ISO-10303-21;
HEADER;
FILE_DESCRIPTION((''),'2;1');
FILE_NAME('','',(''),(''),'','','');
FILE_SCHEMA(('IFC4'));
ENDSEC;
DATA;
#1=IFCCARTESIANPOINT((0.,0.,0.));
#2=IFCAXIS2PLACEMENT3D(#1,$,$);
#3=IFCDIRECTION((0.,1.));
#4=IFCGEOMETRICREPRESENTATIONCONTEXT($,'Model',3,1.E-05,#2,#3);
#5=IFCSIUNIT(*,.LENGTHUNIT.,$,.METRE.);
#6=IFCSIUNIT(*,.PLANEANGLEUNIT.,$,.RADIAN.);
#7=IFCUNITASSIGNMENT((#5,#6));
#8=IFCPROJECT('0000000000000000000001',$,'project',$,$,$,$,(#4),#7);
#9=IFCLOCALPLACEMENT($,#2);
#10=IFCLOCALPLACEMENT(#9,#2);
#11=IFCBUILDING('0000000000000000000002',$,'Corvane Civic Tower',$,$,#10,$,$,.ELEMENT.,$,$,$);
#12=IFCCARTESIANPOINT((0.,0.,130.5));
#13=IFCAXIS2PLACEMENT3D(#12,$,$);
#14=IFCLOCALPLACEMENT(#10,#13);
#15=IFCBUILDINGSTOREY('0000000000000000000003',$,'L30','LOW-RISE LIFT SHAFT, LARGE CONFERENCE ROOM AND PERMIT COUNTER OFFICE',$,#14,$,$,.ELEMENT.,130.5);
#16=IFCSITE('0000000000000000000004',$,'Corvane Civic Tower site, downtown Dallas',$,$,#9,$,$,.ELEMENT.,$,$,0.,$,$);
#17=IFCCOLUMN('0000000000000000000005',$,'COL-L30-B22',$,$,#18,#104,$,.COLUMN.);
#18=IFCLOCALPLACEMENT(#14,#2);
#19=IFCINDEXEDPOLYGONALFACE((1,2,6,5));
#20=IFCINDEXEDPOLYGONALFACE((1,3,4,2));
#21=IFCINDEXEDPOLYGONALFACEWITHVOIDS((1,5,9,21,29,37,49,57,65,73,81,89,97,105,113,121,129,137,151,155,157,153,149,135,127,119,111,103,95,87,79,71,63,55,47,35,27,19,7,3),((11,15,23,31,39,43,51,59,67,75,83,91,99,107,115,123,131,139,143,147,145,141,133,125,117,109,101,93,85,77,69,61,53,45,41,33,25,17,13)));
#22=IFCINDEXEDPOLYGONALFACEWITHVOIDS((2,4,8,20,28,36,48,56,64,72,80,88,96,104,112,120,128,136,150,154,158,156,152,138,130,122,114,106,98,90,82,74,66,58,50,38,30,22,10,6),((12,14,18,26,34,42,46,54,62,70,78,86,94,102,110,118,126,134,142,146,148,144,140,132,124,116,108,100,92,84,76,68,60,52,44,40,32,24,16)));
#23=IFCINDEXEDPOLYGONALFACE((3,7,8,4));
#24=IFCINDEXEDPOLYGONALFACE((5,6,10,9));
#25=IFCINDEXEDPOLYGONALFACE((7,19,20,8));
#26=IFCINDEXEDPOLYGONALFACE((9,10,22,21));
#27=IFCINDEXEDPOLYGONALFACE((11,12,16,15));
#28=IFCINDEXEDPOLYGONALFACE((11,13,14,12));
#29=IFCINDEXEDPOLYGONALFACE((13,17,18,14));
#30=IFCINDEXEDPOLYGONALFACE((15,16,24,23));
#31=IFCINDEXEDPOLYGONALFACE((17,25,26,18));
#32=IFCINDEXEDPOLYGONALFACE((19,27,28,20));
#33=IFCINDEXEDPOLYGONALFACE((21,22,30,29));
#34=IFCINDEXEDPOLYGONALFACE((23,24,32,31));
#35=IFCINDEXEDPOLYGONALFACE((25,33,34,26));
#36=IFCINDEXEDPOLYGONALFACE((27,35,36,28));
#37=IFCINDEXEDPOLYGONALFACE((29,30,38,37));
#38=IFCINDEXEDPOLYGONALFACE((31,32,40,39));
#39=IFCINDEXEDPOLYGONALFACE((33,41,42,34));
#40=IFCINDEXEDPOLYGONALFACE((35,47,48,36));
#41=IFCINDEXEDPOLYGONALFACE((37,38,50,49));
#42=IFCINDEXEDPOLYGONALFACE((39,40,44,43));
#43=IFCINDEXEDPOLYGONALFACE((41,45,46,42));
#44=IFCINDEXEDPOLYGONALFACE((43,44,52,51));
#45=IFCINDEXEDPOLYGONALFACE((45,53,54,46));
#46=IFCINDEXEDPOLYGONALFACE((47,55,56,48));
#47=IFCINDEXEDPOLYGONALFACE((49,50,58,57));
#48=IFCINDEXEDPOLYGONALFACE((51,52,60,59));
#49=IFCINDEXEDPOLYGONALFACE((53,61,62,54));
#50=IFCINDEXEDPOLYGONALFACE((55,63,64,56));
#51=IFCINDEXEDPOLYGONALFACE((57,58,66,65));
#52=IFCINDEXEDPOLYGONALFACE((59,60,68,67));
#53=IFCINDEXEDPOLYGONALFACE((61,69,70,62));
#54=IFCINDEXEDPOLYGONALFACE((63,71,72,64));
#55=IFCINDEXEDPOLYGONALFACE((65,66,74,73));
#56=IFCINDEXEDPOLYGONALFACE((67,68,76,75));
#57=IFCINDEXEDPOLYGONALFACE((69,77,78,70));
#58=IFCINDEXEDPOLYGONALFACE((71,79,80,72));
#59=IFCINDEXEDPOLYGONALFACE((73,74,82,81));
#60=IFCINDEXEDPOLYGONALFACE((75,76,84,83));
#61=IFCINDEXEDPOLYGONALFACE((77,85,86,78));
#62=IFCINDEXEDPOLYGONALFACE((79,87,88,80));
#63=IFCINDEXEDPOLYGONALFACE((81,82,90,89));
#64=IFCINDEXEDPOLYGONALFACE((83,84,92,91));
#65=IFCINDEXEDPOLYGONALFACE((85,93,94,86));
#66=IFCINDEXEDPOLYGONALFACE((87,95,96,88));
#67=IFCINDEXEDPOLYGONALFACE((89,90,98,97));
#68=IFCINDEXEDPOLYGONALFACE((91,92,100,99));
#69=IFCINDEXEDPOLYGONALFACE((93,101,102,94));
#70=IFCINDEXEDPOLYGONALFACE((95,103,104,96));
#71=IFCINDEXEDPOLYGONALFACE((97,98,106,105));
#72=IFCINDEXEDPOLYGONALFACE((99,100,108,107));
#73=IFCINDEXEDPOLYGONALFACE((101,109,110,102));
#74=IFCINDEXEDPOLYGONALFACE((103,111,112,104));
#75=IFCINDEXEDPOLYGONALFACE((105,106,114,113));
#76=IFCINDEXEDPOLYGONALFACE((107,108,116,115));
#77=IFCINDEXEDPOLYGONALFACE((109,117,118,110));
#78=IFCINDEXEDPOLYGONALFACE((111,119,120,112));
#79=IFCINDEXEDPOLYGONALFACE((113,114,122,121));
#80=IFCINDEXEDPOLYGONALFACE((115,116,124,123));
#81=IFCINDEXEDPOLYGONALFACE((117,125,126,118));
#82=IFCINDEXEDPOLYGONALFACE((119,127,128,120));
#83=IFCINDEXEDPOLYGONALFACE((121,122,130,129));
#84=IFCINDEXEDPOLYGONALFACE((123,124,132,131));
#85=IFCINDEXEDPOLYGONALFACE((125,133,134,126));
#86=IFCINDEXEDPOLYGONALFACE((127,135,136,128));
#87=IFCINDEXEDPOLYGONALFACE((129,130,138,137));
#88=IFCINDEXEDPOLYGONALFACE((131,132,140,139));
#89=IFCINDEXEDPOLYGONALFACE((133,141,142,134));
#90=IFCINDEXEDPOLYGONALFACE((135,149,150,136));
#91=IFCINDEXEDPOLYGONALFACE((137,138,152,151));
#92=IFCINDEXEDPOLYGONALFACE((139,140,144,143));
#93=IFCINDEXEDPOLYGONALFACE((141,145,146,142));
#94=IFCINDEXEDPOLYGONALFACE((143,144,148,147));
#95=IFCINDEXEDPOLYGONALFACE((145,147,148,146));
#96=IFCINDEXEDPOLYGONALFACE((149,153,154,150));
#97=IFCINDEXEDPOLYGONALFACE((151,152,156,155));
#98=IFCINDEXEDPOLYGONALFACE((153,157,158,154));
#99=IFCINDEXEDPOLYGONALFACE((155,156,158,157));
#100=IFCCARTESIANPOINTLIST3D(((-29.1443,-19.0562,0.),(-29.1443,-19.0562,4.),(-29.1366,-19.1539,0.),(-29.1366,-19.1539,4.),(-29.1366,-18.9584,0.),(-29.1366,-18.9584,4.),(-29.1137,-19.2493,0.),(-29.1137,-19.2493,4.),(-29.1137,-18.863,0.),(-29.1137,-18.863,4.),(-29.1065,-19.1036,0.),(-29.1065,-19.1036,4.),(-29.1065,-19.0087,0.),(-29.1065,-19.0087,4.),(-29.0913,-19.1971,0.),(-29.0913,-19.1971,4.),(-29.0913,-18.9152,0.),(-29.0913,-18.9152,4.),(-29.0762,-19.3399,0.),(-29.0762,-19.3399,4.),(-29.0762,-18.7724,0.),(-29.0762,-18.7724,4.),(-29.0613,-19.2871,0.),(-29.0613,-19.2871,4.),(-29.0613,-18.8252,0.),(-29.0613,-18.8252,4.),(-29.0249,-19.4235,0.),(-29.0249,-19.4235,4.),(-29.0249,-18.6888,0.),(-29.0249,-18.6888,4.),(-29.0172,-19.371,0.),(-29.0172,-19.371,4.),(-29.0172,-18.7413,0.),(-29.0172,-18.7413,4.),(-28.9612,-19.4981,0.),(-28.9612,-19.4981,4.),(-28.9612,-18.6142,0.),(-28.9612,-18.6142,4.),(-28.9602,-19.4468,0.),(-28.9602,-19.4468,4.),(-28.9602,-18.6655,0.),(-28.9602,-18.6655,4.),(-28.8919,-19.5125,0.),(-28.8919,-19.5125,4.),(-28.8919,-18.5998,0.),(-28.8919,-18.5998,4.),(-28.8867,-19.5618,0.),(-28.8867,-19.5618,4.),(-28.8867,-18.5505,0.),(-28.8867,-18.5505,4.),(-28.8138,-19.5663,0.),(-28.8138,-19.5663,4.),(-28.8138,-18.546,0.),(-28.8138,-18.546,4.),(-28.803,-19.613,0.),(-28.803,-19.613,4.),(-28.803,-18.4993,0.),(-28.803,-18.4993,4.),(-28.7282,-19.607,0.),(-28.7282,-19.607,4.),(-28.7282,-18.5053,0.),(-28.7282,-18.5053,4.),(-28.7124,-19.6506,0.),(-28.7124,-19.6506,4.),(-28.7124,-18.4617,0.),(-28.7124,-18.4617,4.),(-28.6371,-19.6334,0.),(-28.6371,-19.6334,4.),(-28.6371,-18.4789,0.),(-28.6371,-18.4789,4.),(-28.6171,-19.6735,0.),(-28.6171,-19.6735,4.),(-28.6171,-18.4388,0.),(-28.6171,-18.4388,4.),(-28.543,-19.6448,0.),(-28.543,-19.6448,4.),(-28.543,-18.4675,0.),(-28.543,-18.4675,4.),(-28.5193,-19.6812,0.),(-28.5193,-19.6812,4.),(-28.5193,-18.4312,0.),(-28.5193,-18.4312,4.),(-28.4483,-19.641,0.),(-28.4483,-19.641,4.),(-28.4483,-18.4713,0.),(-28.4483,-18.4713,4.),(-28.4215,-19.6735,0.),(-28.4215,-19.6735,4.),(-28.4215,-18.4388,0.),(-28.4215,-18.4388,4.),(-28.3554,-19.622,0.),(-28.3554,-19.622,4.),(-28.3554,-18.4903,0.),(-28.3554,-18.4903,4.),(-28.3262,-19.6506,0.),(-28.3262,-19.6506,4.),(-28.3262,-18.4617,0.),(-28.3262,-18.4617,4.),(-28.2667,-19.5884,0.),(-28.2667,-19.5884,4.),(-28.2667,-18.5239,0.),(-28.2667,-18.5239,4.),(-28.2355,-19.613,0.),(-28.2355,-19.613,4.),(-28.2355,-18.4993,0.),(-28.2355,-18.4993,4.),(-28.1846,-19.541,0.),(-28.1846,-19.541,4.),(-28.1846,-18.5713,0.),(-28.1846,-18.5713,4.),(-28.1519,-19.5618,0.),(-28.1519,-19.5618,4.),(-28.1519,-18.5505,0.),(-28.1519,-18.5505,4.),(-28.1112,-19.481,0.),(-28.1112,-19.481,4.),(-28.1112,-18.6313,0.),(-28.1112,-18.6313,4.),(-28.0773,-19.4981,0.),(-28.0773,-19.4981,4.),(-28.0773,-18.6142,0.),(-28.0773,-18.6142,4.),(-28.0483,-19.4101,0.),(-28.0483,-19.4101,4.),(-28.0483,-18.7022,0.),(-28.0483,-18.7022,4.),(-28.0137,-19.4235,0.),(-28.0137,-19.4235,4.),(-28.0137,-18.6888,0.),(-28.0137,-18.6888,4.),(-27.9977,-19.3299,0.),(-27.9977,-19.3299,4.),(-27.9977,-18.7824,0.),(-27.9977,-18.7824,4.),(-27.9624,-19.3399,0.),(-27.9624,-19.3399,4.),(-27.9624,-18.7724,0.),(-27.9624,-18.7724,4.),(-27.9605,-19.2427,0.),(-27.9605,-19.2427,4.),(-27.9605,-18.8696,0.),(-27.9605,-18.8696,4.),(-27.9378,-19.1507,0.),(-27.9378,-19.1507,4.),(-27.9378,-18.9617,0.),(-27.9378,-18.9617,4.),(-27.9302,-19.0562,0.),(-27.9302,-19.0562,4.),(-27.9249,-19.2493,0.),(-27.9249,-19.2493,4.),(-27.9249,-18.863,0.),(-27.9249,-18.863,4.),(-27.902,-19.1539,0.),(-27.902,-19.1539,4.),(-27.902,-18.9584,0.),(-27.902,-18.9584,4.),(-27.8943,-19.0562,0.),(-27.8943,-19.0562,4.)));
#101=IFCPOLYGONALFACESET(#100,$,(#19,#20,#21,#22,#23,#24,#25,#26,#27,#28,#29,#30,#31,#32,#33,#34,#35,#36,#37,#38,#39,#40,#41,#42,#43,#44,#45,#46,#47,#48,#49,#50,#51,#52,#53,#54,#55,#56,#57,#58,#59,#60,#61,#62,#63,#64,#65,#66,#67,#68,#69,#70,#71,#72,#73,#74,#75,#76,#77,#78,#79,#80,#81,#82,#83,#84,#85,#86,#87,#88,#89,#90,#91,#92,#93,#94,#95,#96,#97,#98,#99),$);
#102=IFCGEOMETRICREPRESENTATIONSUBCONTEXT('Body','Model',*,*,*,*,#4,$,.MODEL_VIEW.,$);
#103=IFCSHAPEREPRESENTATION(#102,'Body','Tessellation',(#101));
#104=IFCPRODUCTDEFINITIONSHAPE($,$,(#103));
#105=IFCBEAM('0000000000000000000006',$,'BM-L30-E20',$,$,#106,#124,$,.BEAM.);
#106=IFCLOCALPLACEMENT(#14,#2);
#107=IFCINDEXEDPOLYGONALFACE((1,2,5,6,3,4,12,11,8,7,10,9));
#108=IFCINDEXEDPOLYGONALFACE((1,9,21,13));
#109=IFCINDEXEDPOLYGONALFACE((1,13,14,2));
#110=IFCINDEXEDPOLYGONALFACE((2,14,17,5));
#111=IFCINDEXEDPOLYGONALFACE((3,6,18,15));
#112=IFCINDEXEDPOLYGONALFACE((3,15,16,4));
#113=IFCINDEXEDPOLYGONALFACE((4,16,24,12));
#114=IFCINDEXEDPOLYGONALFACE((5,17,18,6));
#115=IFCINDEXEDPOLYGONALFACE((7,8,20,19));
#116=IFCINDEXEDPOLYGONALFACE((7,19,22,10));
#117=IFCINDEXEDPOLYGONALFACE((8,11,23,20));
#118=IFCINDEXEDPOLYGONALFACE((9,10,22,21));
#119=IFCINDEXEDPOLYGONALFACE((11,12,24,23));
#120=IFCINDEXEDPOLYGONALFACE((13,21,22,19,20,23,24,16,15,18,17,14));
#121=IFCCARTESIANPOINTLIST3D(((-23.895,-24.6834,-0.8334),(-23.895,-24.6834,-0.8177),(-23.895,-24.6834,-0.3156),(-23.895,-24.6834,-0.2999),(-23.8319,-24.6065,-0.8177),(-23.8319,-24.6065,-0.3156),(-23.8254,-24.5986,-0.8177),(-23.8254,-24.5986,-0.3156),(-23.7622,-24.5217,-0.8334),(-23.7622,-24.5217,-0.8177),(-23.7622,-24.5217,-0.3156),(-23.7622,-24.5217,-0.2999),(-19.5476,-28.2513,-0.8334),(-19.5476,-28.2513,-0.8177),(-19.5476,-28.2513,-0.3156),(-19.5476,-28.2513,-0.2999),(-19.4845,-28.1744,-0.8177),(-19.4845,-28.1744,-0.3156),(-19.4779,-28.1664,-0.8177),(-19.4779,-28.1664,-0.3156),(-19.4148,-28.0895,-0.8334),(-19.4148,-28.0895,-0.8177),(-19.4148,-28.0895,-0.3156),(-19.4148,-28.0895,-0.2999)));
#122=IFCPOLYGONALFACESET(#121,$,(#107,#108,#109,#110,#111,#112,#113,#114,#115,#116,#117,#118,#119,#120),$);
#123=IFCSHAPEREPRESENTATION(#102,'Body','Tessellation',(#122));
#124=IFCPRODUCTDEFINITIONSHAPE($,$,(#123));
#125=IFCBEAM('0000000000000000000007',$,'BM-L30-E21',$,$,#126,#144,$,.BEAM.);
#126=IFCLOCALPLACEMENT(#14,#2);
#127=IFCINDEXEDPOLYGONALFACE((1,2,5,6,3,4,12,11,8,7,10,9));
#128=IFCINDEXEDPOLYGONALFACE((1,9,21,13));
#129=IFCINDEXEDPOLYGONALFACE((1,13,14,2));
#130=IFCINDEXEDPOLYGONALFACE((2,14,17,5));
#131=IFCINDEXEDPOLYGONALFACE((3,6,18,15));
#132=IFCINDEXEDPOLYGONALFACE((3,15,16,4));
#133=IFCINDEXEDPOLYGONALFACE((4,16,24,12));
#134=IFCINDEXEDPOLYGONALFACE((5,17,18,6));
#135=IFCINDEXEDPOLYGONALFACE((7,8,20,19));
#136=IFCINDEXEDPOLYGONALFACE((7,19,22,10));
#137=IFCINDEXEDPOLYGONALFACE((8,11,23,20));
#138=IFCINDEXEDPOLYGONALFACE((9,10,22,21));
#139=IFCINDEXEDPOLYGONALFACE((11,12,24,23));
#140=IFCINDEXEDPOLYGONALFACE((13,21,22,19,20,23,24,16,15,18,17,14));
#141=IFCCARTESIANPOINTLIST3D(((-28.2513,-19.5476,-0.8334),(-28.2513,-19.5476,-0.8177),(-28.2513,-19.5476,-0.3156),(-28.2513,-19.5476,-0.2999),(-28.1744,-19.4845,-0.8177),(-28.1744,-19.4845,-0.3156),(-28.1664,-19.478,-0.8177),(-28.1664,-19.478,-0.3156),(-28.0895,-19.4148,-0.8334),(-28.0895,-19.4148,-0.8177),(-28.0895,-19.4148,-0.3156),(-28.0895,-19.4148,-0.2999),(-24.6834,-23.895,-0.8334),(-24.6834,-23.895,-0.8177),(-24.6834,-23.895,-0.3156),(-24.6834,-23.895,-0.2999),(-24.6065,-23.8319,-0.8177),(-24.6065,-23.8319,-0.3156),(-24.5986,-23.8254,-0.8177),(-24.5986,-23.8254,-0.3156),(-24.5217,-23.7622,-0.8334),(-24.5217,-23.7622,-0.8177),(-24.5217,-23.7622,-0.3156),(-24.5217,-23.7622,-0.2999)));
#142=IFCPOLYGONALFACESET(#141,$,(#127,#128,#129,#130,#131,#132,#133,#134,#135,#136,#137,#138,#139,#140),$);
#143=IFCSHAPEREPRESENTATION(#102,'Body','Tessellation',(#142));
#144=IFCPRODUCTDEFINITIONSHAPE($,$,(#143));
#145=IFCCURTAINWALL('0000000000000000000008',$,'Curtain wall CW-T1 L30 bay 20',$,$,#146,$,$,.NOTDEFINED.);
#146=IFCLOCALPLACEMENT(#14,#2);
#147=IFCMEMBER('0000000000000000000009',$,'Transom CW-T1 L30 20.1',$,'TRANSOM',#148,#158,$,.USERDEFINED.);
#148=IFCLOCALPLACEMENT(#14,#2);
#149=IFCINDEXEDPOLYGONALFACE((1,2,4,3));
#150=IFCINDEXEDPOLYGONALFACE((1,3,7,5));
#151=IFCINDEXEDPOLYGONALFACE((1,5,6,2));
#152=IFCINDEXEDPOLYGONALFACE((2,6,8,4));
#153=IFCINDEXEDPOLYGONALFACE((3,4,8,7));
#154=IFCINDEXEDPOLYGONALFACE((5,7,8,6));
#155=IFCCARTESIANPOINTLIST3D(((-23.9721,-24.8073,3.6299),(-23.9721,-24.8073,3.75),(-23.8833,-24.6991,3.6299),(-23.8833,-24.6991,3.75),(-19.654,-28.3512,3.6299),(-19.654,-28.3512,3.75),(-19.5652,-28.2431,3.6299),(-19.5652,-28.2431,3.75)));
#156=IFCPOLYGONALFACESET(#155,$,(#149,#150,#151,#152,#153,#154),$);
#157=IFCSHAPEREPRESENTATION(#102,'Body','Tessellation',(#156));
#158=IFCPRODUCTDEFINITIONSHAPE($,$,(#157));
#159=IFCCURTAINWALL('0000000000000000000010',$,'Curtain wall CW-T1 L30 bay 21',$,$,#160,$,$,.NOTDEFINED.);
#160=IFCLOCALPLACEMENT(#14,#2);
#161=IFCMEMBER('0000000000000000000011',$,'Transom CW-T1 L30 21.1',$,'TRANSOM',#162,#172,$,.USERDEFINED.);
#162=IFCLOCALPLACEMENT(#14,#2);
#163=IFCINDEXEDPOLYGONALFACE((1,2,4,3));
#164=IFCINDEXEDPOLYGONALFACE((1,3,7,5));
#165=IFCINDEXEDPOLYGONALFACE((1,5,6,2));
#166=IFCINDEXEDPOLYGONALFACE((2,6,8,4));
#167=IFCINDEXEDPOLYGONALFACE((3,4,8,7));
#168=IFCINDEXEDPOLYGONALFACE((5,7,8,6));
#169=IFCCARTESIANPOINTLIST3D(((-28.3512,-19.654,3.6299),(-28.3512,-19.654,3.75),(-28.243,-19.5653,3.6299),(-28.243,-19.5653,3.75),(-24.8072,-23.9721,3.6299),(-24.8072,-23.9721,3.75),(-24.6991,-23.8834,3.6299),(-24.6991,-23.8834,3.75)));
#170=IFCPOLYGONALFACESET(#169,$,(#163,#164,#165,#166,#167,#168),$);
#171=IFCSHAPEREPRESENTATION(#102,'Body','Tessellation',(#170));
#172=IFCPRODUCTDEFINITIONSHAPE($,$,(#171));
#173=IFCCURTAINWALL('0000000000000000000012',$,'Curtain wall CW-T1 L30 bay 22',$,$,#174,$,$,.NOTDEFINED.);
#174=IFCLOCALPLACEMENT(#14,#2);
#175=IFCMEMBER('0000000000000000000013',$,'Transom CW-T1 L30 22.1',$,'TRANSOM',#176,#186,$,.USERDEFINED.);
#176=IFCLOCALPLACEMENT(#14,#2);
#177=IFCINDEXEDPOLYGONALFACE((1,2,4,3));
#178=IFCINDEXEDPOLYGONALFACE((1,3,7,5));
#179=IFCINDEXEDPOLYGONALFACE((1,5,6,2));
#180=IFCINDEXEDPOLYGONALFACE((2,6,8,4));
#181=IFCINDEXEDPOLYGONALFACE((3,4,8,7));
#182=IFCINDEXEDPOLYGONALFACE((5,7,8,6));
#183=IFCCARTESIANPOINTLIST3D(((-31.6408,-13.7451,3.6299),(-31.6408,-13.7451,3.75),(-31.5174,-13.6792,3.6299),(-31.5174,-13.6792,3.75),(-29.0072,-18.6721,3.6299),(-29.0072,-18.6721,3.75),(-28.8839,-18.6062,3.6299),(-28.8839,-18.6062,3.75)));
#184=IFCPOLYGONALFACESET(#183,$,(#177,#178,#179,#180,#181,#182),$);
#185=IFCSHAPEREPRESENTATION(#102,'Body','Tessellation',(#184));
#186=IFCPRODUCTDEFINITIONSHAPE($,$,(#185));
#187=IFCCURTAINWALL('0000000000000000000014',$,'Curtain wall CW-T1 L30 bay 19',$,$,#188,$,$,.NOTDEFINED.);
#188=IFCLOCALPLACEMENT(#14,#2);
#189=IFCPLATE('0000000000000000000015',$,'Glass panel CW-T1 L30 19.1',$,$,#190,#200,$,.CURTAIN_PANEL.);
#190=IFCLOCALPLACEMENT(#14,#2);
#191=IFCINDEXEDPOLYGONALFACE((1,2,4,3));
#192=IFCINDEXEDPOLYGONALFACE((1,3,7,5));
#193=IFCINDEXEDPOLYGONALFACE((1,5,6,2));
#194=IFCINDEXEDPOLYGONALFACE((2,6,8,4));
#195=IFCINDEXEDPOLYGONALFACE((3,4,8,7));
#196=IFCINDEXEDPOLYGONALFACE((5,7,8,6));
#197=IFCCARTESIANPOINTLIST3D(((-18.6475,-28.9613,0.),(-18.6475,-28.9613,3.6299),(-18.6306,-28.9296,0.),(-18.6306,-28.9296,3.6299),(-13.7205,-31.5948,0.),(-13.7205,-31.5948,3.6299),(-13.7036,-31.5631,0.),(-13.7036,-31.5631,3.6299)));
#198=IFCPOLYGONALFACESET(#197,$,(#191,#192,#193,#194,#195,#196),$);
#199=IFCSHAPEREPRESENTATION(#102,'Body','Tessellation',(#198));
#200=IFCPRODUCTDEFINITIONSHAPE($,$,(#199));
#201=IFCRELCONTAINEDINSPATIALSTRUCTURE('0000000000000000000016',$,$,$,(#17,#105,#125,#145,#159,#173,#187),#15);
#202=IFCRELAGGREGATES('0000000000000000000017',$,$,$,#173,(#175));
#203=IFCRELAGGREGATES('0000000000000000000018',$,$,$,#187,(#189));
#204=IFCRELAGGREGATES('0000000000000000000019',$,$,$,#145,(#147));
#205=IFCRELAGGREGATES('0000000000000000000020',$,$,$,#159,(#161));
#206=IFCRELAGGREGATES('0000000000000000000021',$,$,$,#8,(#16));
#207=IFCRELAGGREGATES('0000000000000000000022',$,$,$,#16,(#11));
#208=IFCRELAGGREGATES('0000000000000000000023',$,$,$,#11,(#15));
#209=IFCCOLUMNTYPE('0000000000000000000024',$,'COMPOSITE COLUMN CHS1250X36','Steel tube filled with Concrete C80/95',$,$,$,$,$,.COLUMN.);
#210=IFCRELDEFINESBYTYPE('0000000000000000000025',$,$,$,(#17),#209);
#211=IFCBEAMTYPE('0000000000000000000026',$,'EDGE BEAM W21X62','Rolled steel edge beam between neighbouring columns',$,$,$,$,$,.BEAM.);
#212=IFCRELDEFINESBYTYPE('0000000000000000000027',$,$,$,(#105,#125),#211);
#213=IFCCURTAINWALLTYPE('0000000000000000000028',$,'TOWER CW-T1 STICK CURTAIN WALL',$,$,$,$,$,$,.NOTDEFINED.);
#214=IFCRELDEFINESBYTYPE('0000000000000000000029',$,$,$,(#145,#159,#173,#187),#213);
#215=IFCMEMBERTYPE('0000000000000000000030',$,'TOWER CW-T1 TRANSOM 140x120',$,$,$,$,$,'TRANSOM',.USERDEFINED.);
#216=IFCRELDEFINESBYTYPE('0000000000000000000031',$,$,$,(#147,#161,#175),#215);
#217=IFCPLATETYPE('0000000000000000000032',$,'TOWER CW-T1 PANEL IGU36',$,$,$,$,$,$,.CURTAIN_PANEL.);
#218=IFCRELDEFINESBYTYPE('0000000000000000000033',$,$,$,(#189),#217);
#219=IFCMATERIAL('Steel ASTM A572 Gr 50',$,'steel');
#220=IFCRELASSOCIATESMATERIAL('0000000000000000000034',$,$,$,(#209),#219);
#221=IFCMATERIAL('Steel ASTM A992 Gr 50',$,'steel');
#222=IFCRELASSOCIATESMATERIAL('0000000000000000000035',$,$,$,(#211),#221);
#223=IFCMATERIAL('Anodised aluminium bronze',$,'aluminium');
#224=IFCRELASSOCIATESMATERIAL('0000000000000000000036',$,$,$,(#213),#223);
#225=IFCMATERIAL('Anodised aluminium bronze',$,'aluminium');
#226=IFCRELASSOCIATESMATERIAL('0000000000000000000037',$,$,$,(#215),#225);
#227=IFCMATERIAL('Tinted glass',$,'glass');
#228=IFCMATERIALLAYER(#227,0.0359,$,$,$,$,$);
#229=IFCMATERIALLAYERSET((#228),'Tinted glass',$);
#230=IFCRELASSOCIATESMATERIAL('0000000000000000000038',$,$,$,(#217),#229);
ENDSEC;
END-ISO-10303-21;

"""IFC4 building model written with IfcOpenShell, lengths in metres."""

from ifc_helpers import new_model, si_unit, direction, frame, origin, origin_2d, place, context, subcontext, project, spatial, rectangle, hollow_circle, i_section, extrude, material, layer, layer_set, material_profile, profile_set, type_object, element, aggregate, save


model = new_model("IFC4")

# Units and contexts
model_context = context("Model", 3, precision=1e-05, world=origin(), true_north=direction((0.0, 1.0)))
body_context = subcontext(model_context, "Body", "Model", "MODEL_VIEW")
ifc_project = project(units=[si_unit("LENGTHUNIT", "METRE"), si_unit("PLANEANGLEUNIT", "RADIAN")], contexts=[model_context])

# Site, building, storey
site_placement = place(None, origin())
site = spatial("IfcSite", under=ifc_project, at=site_placement, Name="Corvane Civic Tower site, downtown Dallas", CompositionType="ELEMENT", RefElevation=0.0)
building_placement = place(site_placement, origin())
building = spatial("IfcBuilding", under=site, at=building_placement, Name="Corvane Civic Tower", CompositionType="ELEMENT")
storey_placement = place(building_placement, frame((0.0, 0.0, 130.5)))
storey = spatial("IfcBuildingStorey", under=building, at=storey_placement, Name="L30", Description="LOW-RISE LIFT SHAFT, LARGE CONFERENCE ROOM AND PERMIT COUNTER OFFICE", CompositionType="ELEMENT", Elevation=130.5)

# Column
ifc_material_1 = material(Name="Steel ASTM A572 Gr 50", Category="steel")
ifc_material_profile_1 = material_profile(ifc_material_1, hollow_circle(Radius=0.625, WallThickness=0.0359, at=origin_2d()), Name="CHS1250X36")
ifc_profile_set_1 = profile_set([ifc_material_profile_1], Name="Steel ASTM A572 Gr 50")
column_type = type_object("IfcColumnType", Name="COMPOSITE COLUMN CHS1250X36", Description="Steel tube filled with Concrete C80/95", PredefinedType="COLUMN", material=ifc_profile_set_1)
for number, where, z_axis, x_axis, name in (
    (1, (-28.5193, -19.0562, 0.0), (0.0, 0.0, 1.0), (1.0, 0.0, 0.0), "COL-L30-B22"),
):
    element("IfcColumn", number, at=place(storey_placement, frame(where, z_axis=z_axis, x_axis=x_axis)), inside=storey, type_object=column_type, Name=name, PredefinedType="COLUMN", context=body_context, shape_type="SweptSolid", body=[
        extrude(hollow_circle(Radius=0.625, WallThickness=0.0359, at=origin_2d()), origin(), (0.0, 0.0, 1.0), 4.0),
    ])

# Beams
ifc_material_2 = material(Name="Steel ASTM A992 Gr 50", Category="steel")
ifc_material_profile_2 = material_profile(ifc_material_2, i_section(OverallWidth=0.2092, OverallDepth=0.5334, WebThickness=0.0103, FlangeThickness=0.0156, at=origin_2d()), Name="W21X62")
ifc_profile_set_2 = profile_set([ifc_material_profile_2], Name="Steel ASTM A992 Gr 50")
beam_type = type_object("IfcBeamType", Name="EDGE BEAM W21X62", Description="Rolled steel edge beam between neighbouring columns", PredefinedType="BEAM", material=ifc_profile_set_2)
for number, where, z_axis, x_axis, name in (
    (2, (-19.4812, -28.1704, -0.5667), (-0.773007, 0.634398, 0.0), (-0.634398, -0.773007, 0.0), "BM-L30-E20"),
    (3, (-24.6025, -23.8286, -0.5667), (-0.634398, 0.773007, 0.0), (-0.773007, -0.634398, 0.0), "BM-L30-E21"),
):
    element("IfcBeam", number, at=place(storey_placement, frame(where, z_axis=z_axis, x_axis=x_axis)), inside=storey, type_object=beam_type, Name=name, PredefinedType="BEAM", context=body_context, shape_type="SweptSolid", body=[
        extrude(i_section(OverallWidth=0.2092, OverallDepth=0.5334, WebThickness=0.0103, FlangeThickness=0.0156, at=origin_2d()), origin(), (0.0, 0.0, 1.0), 5.624),
    ])

# Curtain walls, members
ifc_material_3 = material(Name="Anodised aluminium bronze", Category="aluminium")
curtain_wall_type = type_object("IfcCurtainWallType", Name="TOWER CW-T1 STICK CURTAIN WALL", PredefinedType="NOTDEFINED", material=ifc_material_3)
curtain_wall_1_placement = place(storey_placement, origin())
curtain_wall_1 = element("IfcCurtainWall", 4, at=curtain_wall_1_placement, inside=storey, type_object=curtain_wall_type, Name="Curtain wall CW-T1 L30 bay 20", PredefinedType="NOTDEFINED")
ifc_material_4 = material(Name="Anodised aluminium bronze", Category="aluminium")
ifc_material_profile_3 = material_profile(ifc_material_4, rectangle(XDim=0.1399, YDim=0.1201, at=origin_2d()), Name="TOWER CW-T1 TRANSOM 140x120")
ifc_profile_set_3 = profile_set([ifc_material_profile_3], Name="Anodised aluminium bronze")
member_type = type_object("IfcMemberType", Name="TOWER CW-T1 TRANSOM 140x120", ElementType="TRANSOM", PredefinedType="USERDEFINED", material=ifc_profile_set_3)
member_1_placement = place(storey_placement, frame((-19.6096, -28.2971, 3.6899), z_axis=(-0.772996, 0.63441, 0.0), x_axis=(-0.63441, -0.772996, 0.0)))
member_1 = element("IfcMember", 5, at=member_1_placement, type_object=member_type, Name="Transom CW-T1 L30 20.1", ObjectType="TRANSOM", PredefinedType="USERDEFINED", context=body_context, shape_type="SweptSolid", body=[
    extrude(rectangle(XDim=0.1399, YDim=0.1201, at=origin_2d()), origin(), (0.0, 0.0, 1.0), 5.5862),
])
curtain_wall_2_placement = place(storey_placement, origin())
curtain_wall_2 = element("IfcCurtainWall", 6, at=curtain_wall_2_placement, inside=storey, type_object=curtain_wall_type, Name="Curtain wall CW-T1 L30 bay 21", PredefinedType="NOTDEFINED")
member_2_placement = place(storey_placement, frame((-24.7532, -23.9277, 3.6899), z_axis=(-0.63441, 0.772996, 0.0), x_axis=(-0.772996, -0.63441, 0.0)))
member_2 = element("IfcMember", 7, at=member_2_placement, type_object=member_type, Name="Transom CW-T1 L30 21.1", ObjectType="TRANSOM", PredefinedType="USERDEFINED", context=body_context, shape_type="SweptSolid", body=[
    extrude(rectangle(XDim=0.1399, YDim=0.1201, at=origin_2d()), origin(), (0.0, 0.0, 1.0), 5.5862),
])
curtain_wall_3_placement = place(storey_placement, origin())
curtain_wall_3 = element("IfcCurtainWall", 8, at=curtain_wall_3_placement, inside=storey, type_object=curtain_wall_type, Name="Curtain wall CW-T1 L30 bay 22", PredefinedType="NOTDEFINED")
member_3_placement = place(storey_placement, frame((-28.9456, -18.6392, 3.6899), z_axis=(-0.471398, 0.881921, 0.0), x_axis=(-0.881921, -0.471398, 0.0)))
member_3 = element("IfcMember", 9, at=member_3_placement, type_object=member_type, Name="Transom CW-T1 L30 22.1", ObjectType="TRANSOM", PredefinedType="USERDEFINED", context=body_context, shape_type="SweptSolid", body=[
    extrude(rectangle(XDim=0.1399, YDim=0.1201, at=origin_2d()), origin(), (0.0, 0.0, 1.0), 5.5867),
])
aggregate(curtain_wall_3, [member_3])

# Curtain wall, plate
curtain_wall_4_placement = place(storey_placement, origin())
curtain_wall_4 = element("IfcCurtainWall", 10, at=curtain_wall_4_placement, inside=storey, type_object=curtain_wall_type, Name="Curtain wall CW-T1 L30 bay 19", PredefinedType="NOTDEFINED")
ifc_material_5 = material(Name="Tinted glass", Category="glass")
ifc_layer_1 = layer(ifc_material_5, 0.0359)
ifc_layer_set_1 = layer_set([ifc_layer_1], Name="Tinted glass")
plate_type = type_object("IfcPlateType", Name="TOWER CW-T1 PANEL IGU36", PredefinedType="CURTAIN_PANEL", material=ifc_layer_set_1)
plate_1_placement = place(storey_placement, frame((-16.1755, -30.2622, 0.0), z_axis=(0.0, 0.0, 1.0), x_axis=(-0.881924, 0.471392, 0.0)))
plate_1 = element("IfcPlate", 11, at=plate_1_placement, type_object=plate_type, Name="Glass panel CW-T1 L30 19.1", PredefinedType="CURTAIN_PANEL", context=body_context, shape_type="SweptSolid", body=[
    extrude(rectangle(XDim=5.5867, YDim=0.0359, at=origin_2d()), origin(), (0.0, 0.0, 1.0), 3.6299),
])
aggregate(curtain_wall_4, [plate_1])

aggregate(curtain_wall_1, [member_1])
aggregate(curtain_wall_2, [member_2])

save(model, "model.ifc")
